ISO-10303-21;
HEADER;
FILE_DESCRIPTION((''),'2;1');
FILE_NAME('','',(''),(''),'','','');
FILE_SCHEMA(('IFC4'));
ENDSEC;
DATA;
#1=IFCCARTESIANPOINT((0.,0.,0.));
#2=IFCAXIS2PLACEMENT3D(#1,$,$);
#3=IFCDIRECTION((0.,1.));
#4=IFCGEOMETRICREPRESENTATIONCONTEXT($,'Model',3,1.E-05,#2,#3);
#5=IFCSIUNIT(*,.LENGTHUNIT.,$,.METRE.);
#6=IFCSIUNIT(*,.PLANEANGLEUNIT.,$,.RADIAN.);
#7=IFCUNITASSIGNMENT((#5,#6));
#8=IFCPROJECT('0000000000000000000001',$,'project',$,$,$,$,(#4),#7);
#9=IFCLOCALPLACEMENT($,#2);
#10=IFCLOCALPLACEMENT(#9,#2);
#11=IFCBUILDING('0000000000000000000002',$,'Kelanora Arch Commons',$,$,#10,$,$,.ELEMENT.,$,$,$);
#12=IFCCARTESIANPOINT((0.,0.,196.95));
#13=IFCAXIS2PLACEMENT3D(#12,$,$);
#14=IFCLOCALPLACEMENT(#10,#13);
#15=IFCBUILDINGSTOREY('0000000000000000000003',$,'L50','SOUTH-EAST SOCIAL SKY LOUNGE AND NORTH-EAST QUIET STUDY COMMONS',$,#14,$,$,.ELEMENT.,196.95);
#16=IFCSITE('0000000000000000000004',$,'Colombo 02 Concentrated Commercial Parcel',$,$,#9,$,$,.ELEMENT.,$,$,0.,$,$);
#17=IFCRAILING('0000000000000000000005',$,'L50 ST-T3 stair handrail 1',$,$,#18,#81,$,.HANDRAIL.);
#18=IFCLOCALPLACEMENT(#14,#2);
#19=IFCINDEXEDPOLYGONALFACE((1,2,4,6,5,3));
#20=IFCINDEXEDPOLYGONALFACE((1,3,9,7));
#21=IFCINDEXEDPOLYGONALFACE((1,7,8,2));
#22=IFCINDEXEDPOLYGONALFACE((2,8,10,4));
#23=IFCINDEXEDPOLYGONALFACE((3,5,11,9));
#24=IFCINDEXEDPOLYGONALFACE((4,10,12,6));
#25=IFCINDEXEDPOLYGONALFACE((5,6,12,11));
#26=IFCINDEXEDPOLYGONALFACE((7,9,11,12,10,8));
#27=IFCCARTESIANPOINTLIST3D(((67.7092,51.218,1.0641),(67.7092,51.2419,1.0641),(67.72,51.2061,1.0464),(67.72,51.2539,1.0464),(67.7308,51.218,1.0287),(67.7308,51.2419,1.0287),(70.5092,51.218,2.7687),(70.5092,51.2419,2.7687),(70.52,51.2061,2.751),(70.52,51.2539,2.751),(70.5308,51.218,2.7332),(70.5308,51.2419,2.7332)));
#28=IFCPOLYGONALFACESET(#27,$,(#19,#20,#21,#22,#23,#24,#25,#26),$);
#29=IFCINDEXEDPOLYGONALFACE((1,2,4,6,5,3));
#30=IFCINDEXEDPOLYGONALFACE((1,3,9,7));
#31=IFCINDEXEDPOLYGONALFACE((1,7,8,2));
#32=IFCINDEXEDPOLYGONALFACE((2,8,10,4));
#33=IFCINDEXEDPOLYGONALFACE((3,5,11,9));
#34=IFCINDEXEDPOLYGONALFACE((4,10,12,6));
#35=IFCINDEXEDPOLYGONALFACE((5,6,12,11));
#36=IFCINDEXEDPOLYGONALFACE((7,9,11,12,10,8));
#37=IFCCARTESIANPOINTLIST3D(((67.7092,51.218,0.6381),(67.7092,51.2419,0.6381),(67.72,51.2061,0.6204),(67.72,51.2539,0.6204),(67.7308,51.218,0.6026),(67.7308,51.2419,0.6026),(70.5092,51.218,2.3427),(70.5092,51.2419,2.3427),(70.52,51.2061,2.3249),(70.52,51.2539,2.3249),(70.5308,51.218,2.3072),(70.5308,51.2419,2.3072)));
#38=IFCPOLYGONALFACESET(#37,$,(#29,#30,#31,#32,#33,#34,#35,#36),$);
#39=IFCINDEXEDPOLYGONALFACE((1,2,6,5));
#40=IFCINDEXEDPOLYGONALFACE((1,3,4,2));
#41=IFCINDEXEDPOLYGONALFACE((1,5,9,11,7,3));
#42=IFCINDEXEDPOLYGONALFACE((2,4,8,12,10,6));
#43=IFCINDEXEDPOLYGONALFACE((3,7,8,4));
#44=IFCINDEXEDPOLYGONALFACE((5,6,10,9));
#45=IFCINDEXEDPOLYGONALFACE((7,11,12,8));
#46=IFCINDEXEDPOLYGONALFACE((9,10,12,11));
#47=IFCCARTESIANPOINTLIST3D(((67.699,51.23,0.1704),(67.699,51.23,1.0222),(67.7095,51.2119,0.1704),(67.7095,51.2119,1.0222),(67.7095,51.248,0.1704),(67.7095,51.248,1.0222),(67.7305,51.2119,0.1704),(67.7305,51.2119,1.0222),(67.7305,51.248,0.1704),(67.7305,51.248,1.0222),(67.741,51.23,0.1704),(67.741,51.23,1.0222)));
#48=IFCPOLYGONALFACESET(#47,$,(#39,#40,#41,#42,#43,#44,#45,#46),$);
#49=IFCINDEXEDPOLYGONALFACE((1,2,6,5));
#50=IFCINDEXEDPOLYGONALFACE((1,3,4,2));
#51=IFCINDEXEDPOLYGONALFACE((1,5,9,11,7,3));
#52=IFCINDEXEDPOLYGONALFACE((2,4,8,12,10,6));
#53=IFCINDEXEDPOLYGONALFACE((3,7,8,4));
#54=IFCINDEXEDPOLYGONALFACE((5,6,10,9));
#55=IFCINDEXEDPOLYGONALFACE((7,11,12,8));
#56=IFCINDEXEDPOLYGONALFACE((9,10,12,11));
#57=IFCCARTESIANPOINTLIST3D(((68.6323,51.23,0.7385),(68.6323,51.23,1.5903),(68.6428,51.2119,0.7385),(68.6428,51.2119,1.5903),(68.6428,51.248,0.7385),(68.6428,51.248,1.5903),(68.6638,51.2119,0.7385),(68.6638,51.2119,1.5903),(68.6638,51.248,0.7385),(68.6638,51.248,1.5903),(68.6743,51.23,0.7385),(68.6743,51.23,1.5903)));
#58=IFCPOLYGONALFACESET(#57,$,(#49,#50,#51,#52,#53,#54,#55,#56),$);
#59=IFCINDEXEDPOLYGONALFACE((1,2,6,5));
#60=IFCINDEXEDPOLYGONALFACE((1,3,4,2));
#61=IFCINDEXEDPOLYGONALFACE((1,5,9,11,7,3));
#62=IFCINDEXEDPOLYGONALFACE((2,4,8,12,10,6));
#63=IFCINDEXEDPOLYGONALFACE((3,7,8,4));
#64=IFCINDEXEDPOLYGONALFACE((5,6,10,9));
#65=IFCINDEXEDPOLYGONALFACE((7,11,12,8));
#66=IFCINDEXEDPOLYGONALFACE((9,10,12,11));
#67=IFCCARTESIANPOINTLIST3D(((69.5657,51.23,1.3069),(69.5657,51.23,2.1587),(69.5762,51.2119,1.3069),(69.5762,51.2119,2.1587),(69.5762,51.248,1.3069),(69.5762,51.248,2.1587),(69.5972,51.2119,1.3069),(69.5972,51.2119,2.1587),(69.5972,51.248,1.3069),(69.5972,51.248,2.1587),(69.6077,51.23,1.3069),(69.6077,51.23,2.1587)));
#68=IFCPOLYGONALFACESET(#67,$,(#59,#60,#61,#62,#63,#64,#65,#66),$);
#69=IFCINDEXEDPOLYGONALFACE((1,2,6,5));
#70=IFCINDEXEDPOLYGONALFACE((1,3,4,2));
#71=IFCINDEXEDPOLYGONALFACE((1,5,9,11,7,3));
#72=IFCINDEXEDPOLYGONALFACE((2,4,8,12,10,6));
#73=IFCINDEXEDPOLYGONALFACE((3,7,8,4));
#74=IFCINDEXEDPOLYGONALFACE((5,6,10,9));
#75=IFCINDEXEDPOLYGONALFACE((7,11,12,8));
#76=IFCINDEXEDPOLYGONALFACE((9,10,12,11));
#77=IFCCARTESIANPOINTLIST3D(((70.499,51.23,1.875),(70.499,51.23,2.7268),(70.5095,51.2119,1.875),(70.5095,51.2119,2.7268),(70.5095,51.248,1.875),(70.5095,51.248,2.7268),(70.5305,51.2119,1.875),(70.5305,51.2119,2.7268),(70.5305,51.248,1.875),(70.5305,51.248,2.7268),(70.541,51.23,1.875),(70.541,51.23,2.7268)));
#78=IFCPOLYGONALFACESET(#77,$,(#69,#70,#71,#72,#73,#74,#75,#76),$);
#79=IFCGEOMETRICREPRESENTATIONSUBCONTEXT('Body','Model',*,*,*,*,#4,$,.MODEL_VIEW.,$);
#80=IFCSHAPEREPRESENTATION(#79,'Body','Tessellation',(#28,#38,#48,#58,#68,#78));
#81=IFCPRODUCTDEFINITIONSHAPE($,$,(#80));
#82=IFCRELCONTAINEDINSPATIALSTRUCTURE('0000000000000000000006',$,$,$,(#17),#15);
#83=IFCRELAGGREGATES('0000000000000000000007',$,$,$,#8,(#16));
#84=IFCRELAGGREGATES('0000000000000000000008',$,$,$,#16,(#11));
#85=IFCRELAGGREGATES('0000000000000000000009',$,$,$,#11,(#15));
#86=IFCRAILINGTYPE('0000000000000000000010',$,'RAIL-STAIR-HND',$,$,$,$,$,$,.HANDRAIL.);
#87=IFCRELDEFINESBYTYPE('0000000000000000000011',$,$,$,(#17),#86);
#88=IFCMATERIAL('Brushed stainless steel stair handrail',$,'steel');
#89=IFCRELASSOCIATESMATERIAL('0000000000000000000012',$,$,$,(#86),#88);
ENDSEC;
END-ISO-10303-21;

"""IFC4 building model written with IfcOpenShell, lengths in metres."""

from ifc_helpers import new_model, si_unit, direction, frame, origin, place, context, subcontext, project, spatial, polyline, outline, extrude, material, type_object, element, save


model = new_model("IFC4")

# Units and contexts
model_context = context("Model", 3, precision=1e-05, world=origin(), true_north=direction((0.0, 1.0)))
body_context = subcontext(model_context, "Body", "Model", "MODEL_VIEW")
ifc_project = project(units=[si_unit("LENGTHUNIT", "METRE"), si_unit("PLANEANGLEUNIT", "RADIAN")], contexts=[model_context])

# Site, building, storey
site_placement = place(None, origin())
site = spatial("IfcSite", under=ifc_project, at=site_placement, Name="Colombo 02 Concentrated Commercial Parcel", CompositionType="ELEMENT", RefElevation=0.0)
building_placement = place(site_placement, origin())
building = spatial("IfcBuilding", under=site, at=building_placement, Name="Kelanora Arch Commons", CompositionType="ELEMENT")
storey_placement = place(building_placement, frame((0.0, 0.0, 196.95)))
storey = spatial("IfcBuildingStorey", under=building, at=storey_placement, Name="L50", Description="SOUTH-EAST SOCIAL SKY LOUNGE AND NORTH-EAST QUIET STUDY COMMONS", CompositionType="ELEMENT", Elevation=196.95)

# Railing
ifc_material_1 = material(Name="Brushed stainless steel stair handrail", Category="steel")
railing_type_1 = type_object("IfcRailingType", Name="RAIL-STAIR-HND", PredefinedType="HANDRAIL", material=ifc_material_1)
railing_1_placement = place(storey_placement, frame((67.72, 51.23, 0.1704)))
element("IfcRailing", 1, at=railing_1_placement, inside=storey, type_object=railing_type_1, Name="L50 ST-T3 stair handrail 1", PredefinedType="HANDRAIL", context=body_context, shape_type="SweptSolid", body=[
    extrude(outline(polyline([(0.0239, 0.0), (0.012, 0.0208), (-0.012, 0.0208), (-0.0239, 0.0), (-0.012, -0.0208), (0.012, -0.0208), (0.0239, 0.0)])), frame((0.0, 0.0, 0.876), z_axis=(0.85417, 0.0, 0.519994), x_axis=(0.0, 1.0, 0.0)), (0.0, 0.0, 1.0), 3.2781),
    extrude(outline(polyline([(0.0239, 0.0), (0.012, 0.0208), (-0.012, 0.0208), (-0.0239, 0.0), (-0.012, -0.0208), (0.012, -0.0208), (0.0239, 0.0)])), frame((0.0, 0.0, 0.45), z_axis=(0.85417, 0.0, 0.519994), x_axis=(0.0, 1.0, 0.0)), (0.0, 0.0, 1.0), 3.2781),
    extrude(outline(polyline([(0.021, 0.0), (0.0105, 0.0181), (-0.0105, 0.0181), (-0.021, 0.0), (-0.0105, -0.0181), (0.0105, -0.0181), (0.021, 0.0)])), origin(), (0.0, 0.0, 1.0), 0.8518),
    extrude(outline(polyline([(0.021, 0.0), (0.0105, 0.0181), (-0.0105, 0.0181), (-0.021, 0.0), (-0.0105, -0.0181), (0.0105, -0.0181), (0.021, 0.0)])), frame((0.9333, 0.0, 0.5681)), (0.0, 0.0, 1.0), 0.8518),
    extrude(outline(polyline([(0.021, 0.0), (0.0105, 0.0181), (-0.0105, 0.0181), (-0.021, 0.0), (-0.0105, -0.0181), (0.0105, -0.0181), (0.021, 0.0)])), frame((1.8667, 0.0, 1.1365)), (0.0, 0.0, 1.0), 0.8518),
    extrude(outline(polyline([(0.021, 0.0), (0.0105, 0.0181), (-0.0105, 0.0181), (-0.021, 0.0), (-0.0105, -0.0181), (0.0105, -0.0181), (0.021, 0.0)])), frame((2.8, 0.0, 1.7046)), (0.0, 0.0, 1.0), 0.8518),
])

save(model, "model.ifc")
